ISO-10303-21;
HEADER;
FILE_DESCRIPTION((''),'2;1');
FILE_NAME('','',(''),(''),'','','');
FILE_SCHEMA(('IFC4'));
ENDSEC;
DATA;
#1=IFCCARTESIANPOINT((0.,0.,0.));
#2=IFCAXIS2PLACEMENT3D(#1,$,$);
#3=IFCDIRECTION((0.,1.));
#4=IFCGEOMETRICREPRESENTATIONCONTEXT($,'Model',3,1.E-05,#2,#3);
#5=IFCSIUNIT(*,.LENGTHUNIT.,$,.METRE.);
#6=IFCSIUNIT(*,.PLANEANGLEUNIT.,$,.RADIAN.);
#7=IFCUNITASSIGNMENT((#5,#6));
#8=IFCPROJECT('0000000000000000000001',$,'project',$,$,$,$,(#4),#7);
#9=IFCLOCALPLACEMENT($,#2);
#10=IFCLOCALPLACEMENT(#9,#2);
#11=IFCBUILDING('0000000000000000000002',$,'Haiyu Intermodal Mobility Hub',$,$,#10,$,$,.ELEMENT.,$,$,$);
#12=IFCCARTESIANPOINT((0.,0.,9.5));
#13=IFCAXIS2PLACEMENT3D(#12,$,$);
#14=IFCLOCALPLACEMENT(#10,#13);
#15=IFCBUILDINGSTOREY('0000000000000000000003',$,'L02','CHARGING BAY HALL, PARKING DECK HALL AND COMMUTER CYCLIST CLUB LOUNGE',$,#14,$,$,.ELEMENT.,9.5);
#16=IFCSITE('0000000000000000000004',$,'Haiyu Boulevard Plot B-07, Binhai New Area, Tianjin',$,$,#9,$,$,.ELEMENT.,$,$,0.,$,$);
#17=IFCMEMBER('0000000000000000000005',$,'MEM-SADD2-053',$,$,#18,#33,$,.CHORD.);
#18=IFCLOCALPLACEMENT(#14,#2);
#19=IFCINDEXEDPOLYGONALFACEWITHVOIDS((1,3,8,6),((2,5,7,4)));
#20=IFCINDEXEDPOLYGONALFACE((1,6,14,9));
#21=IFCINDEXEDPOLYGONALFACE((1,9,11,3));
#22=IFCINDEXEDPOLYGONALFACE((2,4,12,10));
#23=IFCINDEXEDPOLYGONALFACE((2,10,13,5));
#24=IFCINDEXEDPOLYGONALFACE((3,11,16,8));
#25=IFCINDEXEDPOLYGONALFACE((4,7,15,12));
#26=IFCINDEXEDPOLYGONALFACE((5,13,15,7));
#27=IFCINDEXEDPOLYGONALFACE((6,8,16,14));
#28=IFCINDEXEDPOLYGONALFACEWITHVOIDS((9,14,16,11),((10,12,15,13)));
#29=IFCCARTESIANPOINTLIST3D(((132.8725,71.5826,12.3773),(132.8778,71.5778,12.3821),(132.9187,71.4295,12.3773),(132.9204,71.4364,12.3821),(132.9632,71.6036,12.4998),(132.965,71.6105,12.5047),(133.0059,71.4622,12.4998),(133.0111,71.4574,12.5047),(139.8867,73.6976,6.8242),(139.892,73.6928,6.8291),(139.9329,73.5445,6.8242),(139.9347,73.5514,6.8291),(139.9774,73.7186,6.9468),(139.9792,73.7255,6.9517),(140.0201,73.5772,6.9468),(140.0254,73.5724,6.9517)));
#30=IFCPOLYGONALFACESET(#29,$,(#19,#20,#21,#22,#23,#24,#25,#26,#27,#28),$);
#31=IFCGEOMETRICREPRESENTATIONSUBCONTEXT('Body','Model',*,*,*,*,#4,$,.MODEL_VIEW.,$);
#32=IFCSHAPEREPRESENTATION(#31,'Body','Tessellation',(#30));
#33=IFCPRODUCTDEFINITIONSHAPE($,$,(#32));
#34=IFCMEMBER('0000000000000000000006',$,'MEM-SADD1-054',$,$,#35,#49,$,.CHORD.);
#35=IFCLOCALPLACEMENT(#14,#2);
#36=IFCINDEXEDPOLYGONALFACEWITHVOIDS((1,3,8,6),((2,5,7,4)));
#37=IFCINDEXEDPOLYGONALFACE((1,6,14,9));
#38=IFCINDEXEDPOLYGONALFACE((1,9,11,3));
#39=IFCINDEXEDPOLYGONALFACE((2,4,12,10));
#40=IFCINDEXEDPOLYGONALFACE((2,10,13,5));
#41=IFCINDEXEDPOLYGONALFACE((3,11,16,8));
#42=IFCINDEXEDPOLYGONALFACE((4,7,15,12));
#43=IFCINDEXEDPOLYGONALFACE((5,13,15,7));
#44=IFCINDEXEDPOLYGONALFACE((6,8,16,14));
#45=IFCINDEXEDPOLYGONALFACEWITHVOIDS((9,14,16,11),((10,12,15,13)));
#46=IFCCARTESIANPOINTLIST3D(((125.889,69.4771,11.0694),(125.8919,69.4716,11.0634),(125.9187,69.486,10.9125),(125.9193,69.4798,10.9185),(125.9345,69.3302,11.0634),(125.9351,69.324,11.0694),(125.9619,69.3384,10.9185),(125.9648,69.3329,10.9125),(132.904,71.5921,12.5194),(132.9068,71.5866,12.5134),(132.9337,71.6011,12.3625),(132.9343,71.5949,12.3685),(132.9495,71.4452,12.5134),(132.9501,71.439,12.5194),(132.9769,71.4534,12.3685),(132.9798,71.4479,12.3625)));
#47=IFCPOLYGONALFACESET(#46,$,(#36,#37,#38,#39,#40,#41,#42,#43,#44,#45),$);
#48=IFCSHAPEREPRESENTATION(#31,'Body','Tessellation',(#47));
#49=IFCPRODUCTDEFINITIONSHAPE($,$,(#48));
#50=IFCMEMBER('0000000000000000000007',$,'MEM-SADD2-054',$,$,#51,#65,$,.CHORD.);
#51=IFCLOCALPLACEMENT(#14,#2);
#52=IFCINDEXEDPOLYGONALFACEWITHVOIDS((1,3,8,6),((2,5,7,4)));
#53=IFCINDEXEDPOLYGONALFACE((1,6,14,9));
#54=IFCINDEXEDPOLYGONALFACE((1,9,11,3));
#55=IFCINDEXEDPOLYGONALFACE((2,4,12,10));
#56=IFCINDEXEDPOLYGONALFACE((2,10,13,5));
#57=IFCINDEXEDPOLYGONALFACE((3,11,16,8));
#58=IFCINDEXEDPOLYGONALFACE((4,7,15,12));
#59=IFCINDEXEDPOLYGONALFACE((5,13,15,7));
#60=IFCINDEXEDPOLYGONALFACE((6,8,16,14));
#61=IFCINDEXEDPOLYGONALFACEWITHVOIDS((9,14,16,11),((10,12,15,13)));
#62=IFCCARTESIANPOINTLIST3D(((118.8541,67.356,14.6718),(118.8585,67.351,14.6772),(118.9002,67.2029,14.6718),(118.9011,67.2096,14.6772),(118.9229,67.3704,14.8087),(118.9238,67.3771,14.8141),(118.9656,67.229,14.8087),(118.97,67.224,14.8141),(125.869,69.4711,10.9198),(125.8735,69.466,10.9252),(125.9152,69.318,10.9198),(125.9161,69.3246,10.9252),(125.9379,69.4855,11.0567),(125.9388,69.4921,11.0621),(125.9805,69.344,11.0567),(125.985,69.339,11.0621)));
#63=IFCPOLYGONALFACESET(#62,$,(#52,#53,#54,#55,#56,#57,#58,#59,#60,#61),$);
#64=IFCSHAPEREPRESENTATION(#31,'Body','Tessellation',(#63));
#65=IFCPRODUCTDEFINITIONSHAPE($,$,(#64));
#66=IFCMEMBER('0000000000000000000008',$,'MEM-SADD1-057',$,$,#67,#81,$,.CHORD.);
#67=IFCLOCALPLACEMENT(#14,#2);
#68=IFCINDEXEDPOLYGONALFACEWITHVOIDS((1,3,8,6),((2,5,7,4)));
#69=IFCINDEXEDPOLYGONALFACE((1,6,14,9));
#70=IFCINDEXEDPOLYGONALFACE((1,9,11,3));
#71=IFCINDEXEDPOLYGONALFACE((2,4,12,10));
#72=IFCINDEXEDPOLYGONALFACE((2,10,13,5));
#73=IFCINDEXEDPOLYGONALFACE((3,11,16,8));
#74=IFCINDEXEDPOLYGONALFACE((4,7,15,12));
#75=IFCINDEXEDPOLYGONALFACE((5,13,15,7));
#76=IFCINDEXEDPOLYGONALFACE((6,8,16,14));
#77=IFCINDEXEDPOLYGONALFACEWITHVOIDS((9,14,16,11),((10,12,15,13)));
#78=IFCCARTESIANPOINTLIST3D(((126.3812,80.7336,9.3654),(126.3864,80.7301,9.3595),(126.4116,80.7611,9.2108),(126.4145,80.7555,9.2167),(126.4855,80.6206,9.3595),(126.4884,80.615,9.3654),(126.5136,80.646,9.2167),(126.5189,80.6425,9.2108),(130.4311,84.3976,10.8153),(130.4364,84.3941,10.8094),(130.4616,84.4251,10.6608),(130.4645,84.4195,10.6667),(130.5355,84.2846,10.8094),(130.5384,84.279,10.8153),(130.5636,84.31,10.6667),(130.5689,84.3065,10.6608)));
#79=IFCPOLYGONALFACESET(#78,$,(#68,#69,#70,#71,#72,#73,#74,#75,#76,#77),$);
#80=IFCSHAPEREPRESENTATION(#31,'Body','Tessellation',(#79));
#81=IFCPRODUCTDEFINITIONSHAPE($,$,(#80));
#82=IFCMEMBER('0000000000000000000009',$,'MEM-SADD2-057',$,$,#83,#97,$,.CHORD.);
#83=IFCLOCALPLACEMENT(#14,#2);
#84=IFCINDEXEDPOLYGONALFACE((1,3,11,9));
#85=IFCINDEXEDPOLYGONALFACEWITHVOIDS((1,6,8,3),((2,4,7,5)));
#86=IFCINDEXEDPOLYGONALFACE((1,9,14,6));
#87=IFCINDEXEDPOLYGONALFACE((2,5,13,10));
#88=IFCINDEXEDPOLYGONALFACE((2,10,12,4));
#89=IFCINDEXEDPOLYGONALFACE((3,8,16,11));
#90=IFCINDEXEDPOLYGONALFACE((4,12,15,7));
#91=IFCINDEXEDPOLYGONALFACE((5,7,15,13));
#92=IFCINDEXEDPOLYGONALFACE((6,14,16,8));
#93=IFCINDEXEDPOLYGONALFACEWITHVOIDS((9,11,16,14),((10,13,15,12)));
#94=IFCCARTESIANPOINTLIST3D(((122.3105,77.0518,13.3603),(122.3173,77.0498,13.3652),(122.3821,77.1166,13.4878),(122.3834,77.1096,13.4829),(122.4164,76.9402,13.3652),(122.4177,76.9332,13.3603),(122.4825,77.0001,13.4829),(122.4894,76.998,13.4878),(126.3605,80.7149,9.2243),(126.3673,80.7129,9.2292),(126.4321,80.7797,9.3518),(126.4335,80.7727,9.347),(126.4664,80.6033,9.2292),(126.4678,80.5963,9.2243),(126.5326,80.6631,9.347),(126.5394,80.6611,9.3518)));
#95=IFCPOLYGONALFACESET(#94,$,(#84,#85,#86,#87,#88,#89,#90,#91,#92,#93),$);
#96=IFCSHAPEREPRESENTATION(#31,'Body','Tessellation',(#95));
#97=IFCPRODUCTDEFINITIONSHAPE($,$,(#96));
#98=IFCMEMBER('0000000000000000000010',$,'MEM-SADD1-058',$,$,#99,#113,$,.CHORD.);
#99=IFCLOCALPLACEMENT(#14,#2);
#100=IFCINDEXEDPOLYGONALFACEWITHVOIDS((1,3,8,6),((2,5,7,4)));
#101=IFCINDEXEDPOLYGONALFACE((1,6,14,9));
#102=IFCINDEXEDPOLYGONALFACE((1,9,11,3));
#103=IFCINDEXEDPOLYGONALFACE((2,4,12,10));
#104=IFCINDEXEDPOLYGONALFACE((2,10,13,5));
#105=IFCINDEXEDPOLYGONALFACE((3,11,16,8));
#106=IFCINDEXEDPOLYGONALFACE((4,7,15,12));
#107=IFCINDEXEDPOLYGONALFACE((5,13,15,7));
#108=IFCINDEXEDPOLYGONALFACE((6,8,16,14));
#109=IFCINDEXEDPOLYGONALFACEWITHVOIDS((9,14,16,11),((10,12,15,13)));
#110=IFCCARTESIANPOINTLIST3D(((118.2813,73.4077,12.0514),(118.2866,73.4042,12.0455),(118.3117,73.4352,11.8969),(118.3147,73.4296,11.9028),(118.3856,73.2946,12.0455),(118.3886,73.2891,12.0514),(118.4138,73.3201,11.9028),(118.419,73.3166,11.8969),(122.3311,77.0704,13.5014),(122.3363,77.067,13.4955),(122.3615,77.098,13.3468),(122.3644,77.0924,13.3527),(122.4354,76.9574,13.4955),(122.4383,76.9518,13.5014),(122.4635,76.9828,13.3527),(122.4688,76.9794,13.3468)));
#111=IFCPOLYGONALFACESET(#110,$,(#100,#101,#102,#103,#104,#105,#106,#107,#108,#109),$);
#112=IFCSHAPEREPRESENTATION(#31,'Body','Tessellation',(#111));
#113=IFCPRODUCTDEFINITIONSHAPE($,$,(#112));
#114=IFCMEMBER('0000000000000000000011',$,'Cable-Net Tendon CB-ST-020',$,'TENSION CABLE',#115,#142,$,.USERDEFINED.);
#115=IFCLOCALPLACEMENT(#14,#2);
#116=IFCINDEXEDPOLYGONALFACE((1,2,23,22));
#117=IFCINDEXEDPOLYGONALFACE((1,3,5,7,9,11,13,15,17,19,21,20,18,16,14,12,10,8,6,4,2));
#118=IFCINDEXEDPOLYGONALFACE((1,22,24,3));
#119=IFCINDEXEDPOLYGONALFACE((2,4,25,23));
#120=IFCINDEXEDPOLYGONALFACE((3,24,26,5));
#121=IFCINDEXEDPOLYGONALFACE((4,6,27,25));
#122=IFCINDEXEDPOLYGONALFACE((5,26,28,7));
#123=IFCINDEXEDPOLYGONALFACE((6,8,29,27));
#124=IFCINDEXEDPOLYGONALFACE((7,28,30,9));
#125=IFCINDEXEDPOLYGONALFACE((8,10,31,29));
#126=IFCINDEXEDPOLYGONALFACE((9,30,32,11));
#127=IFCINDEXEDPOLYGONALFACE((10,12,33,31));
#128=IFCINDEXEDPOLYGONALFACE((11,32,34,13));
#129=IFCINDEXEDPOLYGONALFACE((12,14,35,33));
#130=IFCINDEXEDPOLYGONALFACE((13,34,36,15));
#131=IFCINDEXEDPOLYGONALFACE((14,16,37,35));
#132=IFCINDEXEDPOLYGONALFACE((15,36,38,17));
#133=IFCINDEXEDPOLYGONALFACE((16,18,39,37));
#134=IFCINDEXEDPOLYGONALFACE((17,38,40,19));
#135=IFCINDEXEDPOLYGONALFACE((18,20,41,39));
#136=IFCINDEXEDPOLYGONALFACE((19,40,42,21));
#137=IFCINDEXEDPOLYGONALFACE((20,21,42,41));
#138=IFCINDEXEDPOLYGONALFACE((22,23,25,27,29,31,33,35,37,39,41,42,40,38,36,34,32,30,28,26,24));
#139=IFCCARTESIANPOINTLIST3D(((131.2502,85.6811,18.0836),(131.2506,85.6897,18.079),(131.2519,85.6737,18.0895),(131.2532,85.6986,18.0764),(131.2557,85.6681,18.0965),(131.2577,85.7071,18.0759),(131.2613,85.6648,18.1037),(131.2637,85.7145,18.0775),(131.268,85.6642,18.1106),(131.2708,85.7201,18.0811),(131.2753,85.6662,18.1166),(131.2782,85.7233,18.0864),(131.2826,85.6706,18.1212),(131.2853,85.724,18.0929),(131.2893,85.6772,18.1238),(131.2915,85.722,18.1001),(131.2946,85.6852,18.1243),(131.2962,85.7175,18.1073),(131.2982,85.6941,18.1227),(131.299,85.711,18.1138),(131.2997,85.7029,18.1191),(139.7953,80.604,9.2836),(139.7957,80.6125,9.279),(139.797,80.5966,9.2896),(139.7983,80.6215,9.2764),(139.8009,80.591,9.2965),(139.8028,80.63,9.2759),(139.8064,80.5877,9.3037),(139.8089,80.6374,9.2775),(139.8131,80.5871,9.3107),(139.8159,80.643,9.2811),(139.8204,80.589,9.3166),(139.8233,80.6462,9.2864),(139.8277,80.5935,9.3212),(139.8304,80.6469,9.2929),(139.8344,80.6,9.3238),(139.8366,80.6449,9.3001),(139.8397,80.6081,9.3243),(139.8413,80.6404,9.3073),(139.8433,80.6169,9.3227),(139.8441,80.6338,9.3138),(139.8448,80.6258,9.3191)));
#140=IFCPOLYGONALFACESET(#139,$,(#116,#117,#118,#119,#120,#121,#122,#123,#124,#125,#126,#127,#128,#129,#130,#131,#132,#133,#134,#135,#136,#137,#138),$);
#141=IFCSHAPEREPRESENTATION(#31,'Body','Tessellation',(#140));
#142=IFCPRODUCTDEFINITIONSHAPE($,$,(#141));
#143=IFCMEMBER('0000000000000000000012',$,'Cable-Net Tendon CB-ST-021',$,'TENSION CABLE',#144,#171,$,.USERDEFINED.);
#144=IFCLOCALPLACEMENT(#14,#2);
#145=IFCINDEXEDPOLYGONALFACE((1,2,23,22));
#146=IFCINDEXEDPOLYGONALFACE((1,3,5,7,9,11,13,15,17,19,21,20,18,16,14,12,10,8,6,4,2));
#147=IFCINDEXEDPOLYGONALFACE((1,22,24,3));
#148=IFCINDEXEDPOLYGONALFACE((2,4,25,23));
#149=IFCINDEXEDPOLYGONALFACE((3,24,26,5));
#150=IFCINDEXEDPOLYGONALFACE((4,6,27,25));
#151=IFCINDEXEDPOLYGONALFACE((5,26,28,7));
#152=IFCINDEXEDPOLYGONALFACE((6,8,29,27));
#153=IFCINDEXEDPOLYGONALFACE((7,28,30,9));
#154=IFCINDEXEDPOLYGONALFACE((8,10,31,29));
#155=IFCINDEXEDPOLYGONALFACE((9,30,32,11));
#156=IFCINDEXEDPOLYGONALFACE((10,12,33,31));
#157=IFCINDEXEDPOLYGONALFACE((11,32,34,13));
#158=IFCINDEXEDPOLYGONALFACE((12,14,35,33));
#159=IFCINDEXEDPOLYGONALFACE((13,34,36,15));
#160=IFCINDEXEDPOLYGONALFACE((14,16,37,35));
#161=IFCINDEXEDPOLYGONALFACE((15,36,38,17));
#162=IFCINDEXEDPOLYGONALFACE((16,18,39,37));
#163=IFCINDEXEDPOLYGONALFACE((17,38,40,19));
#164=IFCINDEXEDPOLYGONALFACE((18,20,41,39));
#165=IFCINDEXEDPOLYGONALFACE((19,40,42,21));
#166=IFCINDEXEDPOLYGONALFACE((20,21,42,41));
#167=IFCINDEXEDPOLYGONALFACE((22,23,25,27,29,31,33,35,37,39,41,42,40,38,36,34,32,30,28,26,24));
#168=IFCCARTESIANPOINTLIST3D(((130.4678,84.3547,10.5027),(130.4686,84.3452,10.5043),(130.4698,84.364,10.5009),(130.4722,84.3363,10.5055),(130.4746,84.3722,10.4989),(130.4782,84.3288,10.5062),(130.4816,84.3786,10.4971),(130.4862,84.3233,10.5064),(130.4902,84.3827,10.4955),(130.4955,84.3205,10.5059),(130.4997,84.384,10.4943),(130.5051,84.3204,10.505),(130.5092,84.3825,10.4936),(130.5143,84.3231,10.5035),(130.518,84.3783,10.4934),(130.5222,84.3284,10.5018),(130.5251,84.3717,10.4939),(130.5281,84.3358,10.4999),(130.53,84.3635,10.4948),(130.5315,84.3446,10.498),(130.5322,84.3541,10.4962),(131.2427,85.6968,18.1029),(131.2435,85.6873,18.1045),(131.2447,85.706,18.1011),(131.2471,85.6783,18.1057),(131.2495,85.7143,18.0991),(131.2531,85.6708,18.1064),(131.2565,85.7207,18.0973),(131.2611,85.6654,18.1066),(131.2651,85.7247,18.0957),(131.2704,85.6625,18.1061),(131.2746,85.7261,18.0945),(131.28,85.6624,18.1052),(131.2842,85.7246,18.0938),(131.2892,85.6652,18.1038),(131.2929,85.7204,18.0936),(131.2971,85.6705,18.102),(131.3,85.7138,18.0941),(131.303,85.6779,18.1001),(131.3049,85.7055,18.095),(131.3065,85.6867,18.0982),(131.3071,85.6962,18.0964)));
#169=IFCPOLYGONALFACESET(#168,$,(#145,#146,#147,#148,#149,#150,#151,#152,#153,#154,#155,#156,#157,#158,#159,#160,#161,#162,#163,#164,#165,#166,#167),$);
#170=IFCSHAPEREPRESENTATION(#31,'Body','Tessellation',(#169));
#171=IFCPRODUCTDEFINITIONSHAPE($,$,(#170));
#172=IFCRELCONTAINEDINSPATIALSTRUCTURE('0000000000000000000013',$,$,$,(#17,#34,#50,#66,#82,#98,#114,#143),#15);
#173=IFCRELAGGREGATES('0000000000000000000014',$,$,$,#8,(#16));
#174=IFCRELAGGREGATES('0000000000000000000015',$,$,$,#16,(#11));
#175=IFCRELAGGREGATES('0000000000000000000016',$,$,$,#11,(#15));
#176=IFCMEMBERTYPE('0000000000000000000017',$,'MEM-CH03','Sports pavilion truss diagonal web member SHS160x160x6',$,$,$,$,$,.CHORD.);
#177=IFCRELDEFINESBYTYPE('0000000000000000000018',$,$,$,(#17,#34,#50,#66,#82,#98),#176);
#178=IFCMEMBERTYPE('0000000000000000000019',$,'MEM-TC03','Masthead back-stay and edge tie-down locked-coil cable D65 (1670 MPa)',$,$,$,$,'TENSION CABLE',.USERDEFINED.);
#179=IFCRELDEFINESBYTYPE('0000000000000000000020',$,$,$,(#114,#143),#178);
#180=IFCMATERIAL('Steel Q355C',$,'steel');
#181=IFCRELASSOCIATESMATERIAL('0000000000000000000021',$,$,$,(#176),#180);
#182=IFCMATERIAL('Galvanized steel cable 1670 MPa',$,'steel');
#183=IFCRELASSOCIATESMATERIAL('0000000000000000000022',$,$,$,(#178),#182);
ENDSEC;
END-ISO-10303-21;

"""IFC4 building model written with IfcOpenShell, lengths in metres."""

from ifc_helpers import new_model, si_unit, direction, frame, origin, origin_2d, place, context, subcontext, project, spatial, hollow_rectangle, circle, extrude, material, material_profile, profile_set, type_object, element, save


model = new_model("IFC4")

# Units and contexts
model_context = context("Model", 3, precision=1e-05, world=origin(), true_north=direction((0.0, 1.0)))
body_context = subcontext(model_context, "Body", "Model", "MODEL_VIEW")
ifc_project = project(units=[si_unit("LENGTHUNIT", "METRE"), si_unit("PLANEANGLEUNIT", "RADIAN")], contexts=[model_context])

# Site, building, storey
site_placement = place(None, origin())
site = spatial("IfcSite", under=ifc_project, at=site_placement, Name="Haiyu Boulevard Plot B-07, Binhai New Area, Tianjin", CompositionType="ELEMENT", RefElevation=0.0)
building_placement = place(site_placement, origin())
building = spatial("IfcBuilding", under=site, at=building_placement, Name="Haiyu Intermodal Mobility Hub", CompositionType="ELEMENT")
storey_placement = place(building_placement, frame((0.0, 0.0, 9.5)))
storey = spatial("IfcBuildingStorey", under=building, at=storey_placement, Name="L02", Description="CHARGING BAY HALL, PARKING DECK HALL AND COMMUTER CYCLIST CLUB LOUNGE", CompositionType="ELEMENT", Elevation=9.5)

# Shared definitions
ifc_material_1 = material(Name="Steel Q355C", Category="steel")

# Members
ifc_material_profile_1 = material_profile(ifc_material_1, hollow_rectangle(XDim=0.1599, YDim=0.1599, WallThickness=0.0061, at=origin_2d()), Name="SHS160x160x6")
ifc_profile_set_1 = profile_set([ifc_material_profile_1], Name="Steel Q355C")
member_type_1 = type_object("IfcMemberType", Name="MEM-CH03", Description="Sports pavilion truss diagonal web member SHS160x160x6", PredefinedType="CHORD", material=ifc_profile_set_1)
member_1_placement = place(storey_placement, frame((139.9561, 73.635, 6.8879), z_axis=(-0.763008, -0.230071, 0.604059), x_axis=(0.288693, -0.957422, 0.0)))
element("IfcMember", 1, at=member_1_placement, inside=storey, type_object=member_type_1, Name="MEM-SADD2-053", PredefinedType="CHORD", context=body_context, shape_type="SweptSolid", body=[
    extrude(hollow_rectangle(XDim=0.1599, YDim=0.1599, WallThickness=0.0061, at=origin_2d()), origin(), (0.0, 0.0, 1.0), 9.1929),
])
member_2_placement = place(storey_placement, frame((132.9419, 71.52, 12.4409), z_axis=(-0.939215, -0.283173, -0.194132), x_axis=(0.288665, -0.95743, 0.0)))
element("IfcMember", 2, at=member_2_placement, inside=storey, type_object=member_type_1, Name="MEM-SADD1-054", PredefinedType="CHORD", context=body_context, shape_type="SweptSolid", body=[
    extrude(hollow_rectangle(XDim=0.1599, YDim=0.1599, WallThickness=0.0061, at=origin_2d()), origin(), (0.0, 0.0, 1.0), 7.469),
])
member_3_placement = place(storey_placement, frame((125.927, 69.405, 10.991), z_axis=(-0.852192, -0.256936, 0.455799), x_axis=(0.288665, -0.95743, 0.0)))
element("IfcMember", 3, at=member_3_placement, inside=storey, type_object=member_type_1, Name="MEM-SADD2-054", PredefinedType="CHORD", context=body_context, shape_type="SweptSolid", body=[
    extrude(hollow_rectangle(XDim=0.1599, YDim=0.1599, WallThickness=0.0061, at=origin_2d()), origin(), (0.0, 0.0, 1.0), 8.2317),
])
member_4_placement = place(storey_placement, frame((130.5, 84.3521, 10.738), z_axis=(-0.716732, -0.648424, -0.256596), x_axis=(0.670886, -0.74156, 0.0)))
element("IfcMember", 4, at=member_4_placement, inside=storey, type_object=member_type_1, Name="MEM-SADD1-057", PredefinedType="CHORD", context=body_context, shape_type="SweptSolid", body=[
    extrude(hollow_rectangle(XDim=0.1599, YDim=0.1599, WallThickness=0.0061, at=origin_2d()), origin(), (0.0, 0.0, 1.0), 5.6506),
])
member_5_placement = place(storey_placement, frame((126.45, 80.688, 9.2881), z_axis=(-0.591217, -0.534729, 0.603762), x_axis=(0.670788, -0.741649, 0.0)))
element("IfcMember", 5, at=member_5_placement, inside=storey, type_object=member_type_1, Name="MEM-SADD2-057", PredefinedType="CHORD", context=body_context, shape_type="SweptSolid", body=[
    extrude(hollow_rectangle(XDim=0.1599, YDim=0.1599, WallThickness=0.0061, at=origin_2d()), origin(), (0.0, 0.0, 1.0), 6.8503),
])
member_6_placement = place(storey_placement, frame((122.3999, 77.0249, 13.4241), z_axis=(-0.716811, -0.648319, -0.25664), x_axis=(0.670786, -0.741651, 0.0)))
element("IfcMember", 6, at=member_6_placement, inside=storey, type_object=member_type_1, Name="MEM-SADD1-058", PredefinedType="CHORD", context=body_context, shape_type="SweptSolid", body=[
    extrude(hollow_rectangle(XDim=0.1599, YDim=0.1599, WallThickness=0.0061, at=origin_2d()), origin(), (0.0, 0.0, 1.0), 5.6497),
])
ifc_material_2 = material(Name="Galvanized steel cable 1670 MPa", Category="steel")
ifc_material_profile_2 = material_profile(ifc_material_2, circle(Radius=0.0325, at=origin_2d()), Name="CABLE65")
ifc_profile_set_2 = profile_set([ifc_material_profile_2], Name="Galvanized steel cable 1670 MPa")
member_type_2 = type_object("IfcMemberType", Name="MEM-TC03", Description="Masthead back-stay and edge tie-down locked-coil cable D65 (1670 MPa)", ElementType="TENSION CABLE", PredefinedType="USERDEFINED", material=ifc_profile_set_2)
member_7_placement = place(storey_placement, frame((131.2749, 85.6941, 18.1001), z_axis=(0.643681, -0.382446, -0.66288), x_axis=(0.510796, 0.859702, 0.0)))
element("IfcMember", 7, at=member_7_placement, inside=storey, type_object=member_type_2, Name="Cable-Net Tendon CB-ST-020", ObjectType="TENSION CABLE", PredefinedType="USERDEFINED", context=body_context, shape_type="SweptSolid", body=[
    extrude(circle(Radius=0.0325, at=origin_2d()), origin(), (0.0, 0.0, 1.0), 13.2754),
])
member_8_placement = place(storey_placement, frame((131.2749, 85.6941, 18.1001), z_axis=(-0.099904, -0.173022, -0.979838), x_axis=(0.866005, -0.500036, 0.0)))
element("IfcMember", 8, at=member_8_placement, inside=storey, type_object=member_type_2, Name="Cable-Net Tendon CB-ST-021", ObjectType="TENSION CABLE", PredefinedType="USERDEFINED", context=body_context, shape_type="SweptSolid", body=[
    extrude(circle(Radius=0.0325, at=origin_2d()), origin(), (0.0, 0.0, 1.0), 7.7566),
])

save(model, "model.ifc")
